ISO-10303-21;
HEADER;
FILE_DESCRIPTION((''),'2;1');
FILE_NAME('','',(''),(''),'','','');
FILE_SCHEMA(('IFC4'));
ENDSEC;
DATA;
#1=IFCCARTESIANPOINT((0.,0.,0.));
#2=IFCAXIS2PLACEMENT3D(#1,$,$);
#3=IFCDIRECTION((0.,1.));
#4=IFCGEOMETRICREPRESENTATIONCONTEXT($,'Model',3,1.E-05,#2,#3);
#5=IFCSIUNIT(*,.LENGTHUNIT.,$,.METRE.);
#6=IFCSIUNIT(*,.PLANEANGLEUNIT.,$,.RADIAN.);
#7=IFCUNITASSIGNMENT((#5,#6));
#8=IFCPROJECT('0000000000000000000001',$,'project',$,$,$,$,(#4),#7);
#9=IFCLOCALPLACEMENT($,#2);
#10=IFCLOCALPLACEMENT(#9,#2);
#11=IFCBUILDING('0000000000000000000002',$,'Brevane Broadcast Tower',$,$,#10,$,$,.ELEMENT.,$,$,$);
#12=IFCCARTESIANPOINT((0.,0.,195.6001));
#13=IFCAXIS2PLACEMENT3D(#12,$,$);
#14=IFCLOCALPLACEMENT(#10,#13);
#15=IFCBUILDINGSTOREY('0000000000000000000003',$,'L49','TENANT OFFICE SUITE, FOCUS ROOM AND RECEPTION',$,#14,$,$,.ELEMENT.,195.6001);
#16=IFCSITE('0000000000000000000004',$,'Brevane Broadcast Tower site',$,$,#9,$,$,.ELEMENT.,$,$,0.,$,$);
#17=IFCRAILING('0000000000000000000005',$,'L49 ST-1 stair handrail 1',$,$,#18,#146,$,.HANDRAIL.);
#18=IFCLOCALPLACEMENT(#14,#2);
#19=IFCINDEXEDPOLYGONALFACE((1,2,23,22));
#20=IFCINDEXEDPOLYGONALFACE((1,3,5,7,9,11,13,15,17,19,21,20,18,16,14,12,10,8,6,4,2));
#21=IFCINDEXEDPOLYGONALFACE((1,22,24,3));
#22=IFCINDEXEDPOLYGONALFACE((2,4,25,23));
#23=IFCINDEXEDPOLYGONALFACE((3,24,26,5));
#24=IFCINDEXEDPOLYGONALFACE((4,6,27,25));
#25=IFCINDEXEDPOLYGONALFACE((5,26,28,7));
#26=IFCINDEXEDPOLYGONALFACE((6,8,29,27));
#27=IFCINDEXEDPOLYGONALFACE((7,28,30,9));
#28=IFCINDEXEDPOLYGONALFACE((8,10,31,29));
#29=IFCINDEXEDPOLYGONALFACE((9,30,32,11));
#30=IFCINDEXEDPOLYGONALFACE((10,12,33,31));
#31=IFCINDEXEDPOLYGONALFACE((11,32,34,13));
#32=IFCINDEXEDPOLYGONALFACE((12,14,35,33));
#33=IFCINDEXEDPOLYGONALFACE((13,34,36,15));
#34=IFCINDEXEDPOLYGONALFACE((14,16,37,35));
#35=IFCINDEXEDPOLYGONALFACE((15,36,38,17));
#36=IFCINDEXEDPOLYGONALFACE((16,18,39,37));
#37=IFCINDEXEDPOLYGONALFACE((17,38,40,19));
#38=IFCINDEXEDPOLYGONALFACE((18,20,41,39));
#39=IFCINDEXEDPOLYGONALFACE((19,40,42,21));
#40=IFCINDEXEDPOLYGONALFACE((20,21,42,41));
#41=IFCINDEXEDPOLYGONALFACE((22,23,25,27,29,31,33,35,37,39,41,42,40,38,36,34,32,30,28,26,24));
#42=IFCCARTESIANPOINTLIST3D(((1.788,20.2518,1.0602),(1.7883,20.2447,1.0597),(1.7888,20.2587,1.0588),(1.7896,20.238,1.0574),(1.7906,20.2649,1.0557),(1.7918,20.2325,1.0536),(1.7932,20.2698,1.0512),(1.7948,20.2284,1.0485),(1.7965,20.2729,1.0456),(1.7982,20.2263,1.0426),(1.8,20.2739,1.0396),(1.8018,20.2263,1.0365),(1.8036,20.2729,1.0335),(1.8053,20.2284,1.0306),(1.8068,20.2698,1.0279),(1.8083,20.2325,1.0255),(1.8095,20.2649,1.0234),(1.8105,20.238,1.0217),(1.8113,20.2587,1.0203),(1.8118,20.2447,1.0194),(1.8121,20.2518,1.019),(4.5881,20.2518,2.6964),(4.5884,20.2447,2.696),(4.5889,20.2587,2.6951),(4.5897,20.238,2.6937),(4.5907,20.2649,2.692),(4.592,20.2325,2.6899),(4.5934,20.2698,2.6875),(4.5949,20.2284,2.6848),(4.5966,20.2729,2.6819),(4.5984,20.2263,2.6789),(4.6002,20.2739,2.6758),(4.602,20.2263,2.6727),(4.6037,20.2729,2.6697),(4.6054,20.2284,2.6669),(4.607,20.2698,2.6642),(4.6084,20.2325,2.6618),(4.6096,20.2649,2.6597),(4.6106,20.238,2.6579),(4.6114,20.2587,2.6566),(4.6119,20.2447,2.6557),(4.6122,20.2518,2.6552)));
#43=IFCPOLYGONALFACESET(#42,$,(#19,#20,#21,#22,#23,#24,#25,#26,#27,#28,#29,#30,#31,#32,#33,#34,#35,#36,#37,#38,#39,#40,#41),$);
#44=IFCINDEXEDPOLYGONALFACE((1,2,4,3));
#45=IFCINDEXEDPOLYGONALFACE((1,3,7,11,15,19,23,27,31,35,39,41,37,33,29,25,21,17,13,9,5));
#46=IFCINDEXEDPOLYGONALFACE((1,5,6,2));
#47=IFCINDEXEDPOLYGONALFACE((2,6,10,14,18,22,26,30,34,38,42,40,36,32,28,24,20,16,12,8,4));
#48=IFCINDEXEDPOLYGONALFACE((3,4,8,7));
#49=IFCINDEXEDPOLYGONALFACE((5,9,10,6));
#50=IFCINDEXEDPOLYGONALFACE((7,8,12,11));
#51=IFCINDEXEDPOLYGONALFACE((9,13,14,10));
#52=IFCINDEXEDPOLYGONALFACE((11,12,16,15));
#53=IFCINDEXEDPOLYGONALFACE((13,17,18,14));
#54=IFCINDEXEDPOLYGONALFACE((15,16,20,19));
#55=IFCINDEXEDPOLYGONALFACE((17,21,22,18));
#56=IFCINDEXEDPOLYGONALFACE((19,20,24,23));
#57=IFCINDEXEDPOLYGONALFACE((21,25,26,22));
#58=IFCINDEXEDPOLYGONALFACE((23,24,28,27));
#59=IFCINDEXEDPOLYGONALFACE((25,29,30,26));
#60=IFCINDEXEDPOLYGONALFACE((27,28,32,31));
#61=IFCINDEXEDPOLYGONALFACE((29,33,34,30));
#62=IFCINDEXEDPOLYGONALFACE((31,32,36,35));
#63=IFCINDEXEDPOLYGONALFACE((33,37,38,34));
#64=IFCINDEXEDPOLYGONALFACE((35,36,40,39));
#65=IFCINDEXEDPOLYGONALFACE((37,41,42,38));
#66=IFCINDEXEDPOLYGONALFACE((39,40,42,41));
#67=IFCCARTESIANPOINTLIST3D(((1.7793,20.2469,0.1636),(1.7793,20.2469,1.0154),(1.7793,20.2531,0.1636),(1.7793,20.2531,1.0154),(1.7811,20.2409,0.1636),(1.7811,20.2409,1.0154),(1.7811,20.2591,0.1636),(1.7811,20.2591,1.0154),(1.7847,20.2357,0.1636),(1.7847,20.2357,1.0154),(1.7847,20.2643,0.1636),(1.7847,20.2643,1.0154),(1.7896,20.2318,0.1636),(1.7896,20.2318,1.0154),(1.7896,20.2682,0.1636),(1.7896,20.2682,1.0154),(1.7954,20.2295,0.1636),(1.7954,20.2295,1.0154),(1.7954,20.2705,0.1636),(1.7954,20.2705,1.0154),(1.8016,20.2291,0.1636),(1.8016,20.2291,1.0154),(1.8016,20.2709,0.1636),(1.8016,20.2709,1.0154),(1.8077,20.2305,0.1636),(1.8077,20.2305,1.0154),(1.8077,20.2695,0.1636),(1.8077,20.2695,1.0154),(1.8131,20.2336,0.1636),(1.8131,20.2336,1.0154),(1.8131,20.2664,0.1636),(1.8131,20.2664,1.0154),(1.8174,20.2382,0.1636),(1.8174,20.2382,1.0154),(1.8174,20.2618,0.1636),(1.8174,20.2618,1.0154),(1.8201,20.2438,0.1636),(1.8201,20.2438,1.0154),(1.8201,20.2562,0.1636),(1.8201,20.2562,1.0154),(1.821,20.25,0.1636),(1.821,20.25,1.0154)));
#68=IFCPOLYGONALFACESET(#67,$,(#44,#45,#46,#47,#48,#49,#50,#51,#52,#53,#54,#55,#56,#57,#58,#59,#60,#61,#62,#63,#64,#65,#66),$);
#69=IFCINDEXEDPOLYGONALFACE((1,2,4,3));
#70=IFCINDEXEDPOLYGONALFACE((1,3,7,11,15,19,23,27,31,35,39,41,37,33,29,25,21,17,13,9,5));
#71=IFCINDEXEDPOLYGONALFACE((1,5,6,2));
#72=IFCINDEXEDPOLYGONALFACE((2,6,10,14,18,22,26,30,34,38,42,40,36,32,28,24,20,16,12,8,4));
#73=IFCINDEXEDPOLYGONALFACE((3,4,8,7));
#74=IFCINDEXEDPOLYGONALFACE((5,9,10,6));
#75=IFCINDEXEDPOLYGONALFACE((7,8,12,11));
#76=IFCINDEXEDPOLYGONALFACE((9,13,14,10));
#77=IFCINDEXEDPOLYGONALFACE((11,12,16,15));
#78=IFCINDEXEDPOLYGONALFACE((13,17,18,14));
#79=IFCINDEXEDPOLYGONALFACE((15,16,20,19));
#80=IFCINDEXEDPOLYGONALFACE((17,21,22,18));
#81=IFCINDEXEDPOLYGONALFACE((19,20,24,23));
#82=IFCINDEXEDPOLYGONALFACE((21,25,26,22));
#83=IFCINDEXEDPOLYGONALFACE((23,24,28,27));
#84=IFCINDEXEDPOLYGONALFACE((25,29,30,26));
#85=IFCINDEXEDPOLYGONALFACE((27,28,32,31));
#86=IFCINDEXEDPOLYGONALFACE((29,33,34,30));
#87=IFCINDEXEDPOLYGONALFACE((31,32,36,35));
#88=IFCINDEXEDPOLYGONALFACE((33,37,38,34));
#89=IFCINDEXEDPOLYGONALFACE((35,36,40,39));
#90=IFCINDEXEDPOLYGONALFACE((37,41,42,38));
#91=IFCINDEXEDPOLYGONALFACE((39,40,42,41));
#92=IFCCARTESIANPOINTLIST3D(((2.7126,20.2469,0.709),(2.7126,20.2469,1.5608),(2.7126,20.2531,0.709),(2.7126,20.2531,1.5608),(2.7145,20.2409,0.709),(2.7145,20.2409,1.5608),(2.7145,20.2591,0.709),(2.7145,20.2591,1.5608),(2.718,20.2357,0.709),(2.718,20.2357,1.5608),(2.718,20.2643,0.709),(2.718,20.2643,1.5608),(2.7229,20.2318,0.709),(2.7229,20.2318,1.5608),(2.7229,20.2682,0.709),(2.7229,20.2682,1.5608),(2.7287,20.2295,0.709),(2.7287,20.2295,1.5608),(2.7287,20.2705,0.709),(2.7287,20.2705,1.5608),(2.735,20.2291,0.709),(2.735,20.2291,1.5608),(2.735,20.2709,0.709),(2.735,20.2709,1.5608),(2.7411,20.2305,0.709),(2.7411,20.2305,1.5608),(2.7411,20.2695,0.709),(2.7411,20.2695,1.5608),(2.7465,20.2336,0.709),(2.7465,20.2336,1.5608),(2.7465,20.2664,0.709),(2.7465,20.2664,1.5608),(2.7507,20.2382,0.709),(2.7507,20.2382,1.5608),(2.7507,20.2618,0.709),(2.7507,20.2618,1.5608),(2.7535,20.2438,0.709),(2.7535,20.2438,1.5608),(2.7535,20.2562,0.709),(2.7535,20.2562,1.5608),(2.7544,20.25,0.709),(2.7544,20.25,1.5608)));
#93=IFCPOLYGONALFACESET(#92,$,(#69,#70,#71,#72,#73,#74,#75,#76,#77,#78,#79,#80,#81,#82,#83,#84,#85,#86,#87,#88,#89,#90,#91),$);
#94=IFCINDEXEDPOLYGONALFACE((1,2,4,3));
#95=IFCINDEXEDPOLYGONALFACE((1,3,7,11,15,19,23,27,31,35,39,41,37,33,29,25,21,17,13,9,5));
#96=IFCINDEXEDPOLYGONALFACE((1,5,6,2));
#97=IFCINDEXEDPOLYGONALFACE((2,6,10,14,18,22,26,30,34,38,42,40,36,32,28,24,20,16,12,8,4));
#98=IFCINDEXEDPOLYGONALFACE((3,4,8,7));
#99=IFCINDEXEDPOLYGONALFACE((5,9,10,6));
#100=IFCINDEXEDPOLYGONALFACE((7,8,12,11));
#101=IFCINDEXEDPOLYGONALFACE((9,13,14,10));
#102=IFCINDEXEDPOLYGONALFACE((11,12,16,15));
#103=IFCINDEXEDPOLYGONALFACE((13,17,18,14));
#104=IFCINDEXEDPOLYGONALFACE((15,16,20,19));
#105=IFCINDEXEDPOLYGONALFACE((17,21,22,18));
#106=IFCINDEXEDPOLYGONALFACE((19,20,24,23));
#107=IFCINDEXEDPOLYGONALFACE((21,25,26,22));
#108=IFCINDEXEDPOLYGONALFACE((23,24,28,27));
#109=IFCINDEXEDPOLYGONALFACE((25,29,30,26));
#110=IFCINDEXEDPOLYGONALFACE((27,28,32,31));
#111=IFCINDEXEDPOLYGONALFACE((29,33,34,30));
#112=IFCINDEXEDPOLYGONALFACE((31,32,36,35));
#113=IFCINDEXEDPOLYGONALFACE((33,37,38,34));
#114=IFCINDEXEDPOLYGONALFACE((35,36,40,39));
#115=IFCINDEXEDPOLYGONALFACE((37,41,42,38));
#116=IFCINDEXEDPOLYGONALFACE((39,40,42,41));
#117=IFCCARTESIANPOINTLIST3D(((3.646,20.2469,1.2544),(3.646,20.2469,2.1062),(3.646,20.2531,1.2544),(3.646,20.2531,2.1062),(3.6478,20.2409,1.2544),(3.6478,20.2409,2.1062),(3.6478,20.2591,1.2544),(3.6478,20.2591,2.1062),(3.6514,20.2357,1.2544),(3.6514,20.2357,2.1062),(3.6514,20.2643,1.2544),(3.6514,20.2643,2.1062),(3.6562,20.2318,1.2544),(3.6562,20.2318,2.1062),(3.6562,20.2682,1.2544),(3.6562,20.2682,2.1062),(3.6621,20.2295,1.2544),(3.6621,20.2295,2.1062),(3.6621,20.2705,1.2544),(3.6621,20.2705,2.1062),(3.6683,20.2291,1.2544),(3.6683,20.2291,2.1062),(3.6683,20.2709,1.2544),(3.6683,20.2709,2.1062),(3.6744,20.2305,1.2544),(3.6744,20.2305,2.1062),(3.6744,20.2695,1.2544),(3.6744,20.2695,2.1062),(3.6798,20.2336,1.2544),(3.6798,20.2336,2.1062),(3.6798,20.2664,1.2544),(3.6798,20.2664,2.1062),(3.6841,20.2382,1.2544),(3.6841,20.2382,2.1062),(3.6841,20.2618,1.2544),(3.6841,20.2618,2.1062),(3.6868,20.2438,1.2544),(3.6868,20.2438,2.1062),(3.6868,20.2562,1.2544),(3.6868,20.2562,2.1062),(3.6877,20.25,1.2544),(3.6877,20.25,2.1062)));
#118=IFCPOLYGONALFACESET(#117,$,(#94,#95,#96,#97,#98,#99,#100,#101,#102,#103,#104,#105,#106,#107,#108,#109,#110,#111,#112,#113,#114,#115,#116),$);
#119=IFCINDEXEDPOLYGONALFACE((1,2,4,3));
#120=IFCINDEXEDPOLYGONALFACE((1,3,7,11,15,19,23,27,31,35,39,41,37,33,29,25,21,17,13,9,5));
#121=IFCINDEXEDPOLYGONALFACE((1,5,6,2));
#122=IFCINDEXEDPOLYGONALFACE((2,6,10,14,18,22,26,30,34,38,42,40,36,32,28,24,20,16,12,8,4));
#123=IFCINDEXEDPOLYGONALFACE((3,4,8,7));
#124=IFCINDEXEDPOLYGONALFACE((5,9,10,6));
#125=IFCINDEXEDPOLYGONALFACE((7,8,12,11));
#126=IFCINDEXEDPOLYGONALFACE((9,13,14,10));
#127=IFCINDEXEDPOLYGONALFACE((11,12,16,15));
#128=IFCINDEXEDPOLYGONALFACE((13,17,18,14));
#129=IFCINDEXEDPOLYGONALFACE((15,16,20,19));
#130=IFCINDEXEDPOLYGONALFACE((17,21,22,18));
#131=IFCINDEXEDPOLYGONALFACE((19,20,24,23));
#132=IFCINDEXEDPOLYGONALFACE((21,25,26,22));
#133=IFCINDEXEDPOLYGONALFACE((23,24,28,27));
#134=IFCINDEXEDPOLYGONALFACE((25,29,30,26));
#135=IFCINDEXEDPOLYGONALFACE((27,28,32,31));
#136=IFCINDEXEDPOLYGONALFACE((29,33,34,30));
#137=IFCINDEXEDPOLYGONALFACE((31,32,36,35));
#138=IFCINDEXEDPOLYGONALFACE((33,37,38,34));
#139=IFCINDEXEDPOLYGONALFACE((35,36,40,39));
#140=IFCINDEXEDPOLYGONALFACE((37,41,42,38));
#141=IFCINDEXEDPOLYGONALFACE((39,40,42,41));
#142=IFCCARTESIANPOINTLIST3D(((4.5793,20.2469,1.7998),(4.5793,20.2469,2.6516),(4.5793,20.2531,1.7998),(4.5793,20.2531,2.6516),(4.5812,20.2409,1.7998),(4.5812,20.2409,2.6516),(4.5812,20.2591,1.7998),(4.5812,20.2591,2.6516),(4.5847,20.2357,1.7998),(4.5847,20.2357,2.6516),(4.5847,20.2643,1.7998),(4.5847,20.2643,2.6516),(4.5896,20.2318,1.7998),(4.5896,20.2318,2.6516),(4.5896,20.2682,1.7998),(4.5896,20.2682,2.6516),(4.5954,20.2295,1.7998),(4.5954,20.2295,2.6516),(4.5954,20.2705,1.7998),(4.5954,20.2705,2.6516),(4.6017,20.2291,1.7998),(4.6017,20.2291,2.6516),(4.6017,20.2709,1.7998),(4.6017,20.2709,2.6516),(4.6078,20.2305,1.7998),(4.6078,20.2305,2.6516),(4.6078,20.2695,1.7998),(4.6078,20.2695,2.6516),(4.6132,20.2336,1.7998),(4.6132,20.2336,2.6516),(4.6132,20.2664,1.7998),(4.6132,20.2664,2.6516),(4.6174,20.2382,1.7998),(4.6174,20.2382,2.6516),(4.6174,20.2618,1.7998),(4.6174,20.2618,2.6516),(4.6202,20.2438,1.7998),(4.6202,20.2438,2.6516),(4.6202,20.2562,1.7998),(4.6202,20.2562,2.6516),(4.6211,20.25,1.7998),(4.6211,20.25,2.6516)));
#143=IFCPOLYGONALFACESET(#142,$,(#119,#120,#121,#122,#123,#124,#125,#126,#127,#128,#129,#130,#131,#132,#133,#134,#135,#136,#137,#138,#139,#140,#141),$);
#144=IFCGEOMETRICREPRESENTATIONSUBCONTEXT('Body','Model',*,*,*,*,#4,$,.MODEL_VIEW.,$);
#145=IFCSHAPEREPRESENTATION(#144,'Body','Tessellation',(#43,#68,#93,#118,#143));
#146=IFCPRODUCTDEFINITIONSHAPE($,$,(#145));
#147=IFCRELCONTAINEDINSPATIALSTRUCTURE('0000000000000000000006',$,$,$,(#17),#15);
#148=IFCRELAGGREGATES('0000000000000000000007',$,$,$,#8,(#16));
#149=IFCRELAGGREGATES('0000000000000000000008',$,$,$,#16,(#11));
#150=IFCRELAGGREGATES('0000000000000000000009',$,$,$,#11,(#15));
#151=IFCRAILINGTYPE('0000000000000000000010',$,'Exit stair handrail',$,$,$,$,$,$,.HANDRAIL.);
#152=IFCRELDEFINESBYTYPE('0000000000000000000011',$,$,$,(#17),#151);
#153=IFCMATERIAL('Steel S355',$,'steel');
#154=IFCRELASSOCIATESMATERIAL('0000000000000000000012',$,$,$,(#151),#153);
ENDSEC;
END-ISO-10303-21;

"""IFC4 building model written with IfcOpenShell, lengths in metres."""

from ifc_helpers import new_model, si_unit, direction, frame, origin, origin_2d, place, context, subcontext, project, spatial, circle, extrude, material, type_object, element, save


model = new_model("IFC4")

# Units and contexts
model_context = context("Model", 3, precision=1e-05, world=origin(), true_north=direction((0.0, 1.0)))
body_context = subcontext(model_context, "Body", "Model", "MODEL_VIEW")
ifc_project = project(units=[si_unit("LENGTHUNIT", "METRE"), si_unit("PLANEANGLEUNIT", "RADIAN")], contexts=[model_context])

# Site, building, storey
site_placement = place(None, origin())
site = spatial("IfcSite", under=ifc_project, at=site_placement, Name="Brevane Broadcast Tower site", CompositionType="ELEMENT", RefElevation=0.0)
building_placement = place(site_placement, origin())
building = spatial("IfcBuilding", under=site, at=building_placement, Name="Brevane Broadcast Tower", CompositionType="ELEMENT")
storey_placement = place(building_placement, frame((0.0, 0.0, 195.6001)))
storey = spatial("IfcBuildingStorey", under=building, at=storey_placement, Name="L49", Description="TENANT OFFICE SUITE, FOCUS ROOM AND RECEPTION", CompositionType="ELEMENT", Elevation=195.6001)

# Railing
ifc_material_1 = material(Name="Steel S355", Category="steel")
railing_type_1 = type_object("IfcRailingType", Name="Exit stair handrail", PredefinedType="HANDRAIL", material=ifc_material_1)
railing_1_placement = place(storey_placement, frame((1.8, 20.25, 0.1636)))
element("IfcRailing", 1, at=railing_1_placement, inside=storey, type_object=railing_type_1, Name="L49 ST-1 stair handrail 1", PredefinedType="HANDRAIL", context=body_context, shape_type="SweptSolid", body=[
    extrude(circle(Radius=0.0239, at=origin_2d()), frame((0.0, 0.0, 0.876), z_axis=(0.863394, 0.0, 0.504531), x_axis=(0.0, 1.0, 0.0)), (0.0, 0.0, 1.0), 3.2432),
    extrude(circle(Radius=0.021, at=origin_2d()), origin(), (0.0, 0.0, 1.0), 0.8518),
    extrude(circle(Radius=0.021, at=origin_2d()), frame((0.9333, 0.0, 0.5454)), (0.0, 0.0, 1.0), 0.8518),
    extrude(circle(Radius=0.021, at=origin_2d()), frame((1.8667, 0.0, 1.0908)), (0.0, 0.0, 1.0), 0.8518),
    extrude(circle(Radius=0.021, at=origin_2d()), frame((2.8, 0.0, 1.6362)), (0.0, 0.0, 1.0), 0.8518),
])

save(model, "model.ifc")
